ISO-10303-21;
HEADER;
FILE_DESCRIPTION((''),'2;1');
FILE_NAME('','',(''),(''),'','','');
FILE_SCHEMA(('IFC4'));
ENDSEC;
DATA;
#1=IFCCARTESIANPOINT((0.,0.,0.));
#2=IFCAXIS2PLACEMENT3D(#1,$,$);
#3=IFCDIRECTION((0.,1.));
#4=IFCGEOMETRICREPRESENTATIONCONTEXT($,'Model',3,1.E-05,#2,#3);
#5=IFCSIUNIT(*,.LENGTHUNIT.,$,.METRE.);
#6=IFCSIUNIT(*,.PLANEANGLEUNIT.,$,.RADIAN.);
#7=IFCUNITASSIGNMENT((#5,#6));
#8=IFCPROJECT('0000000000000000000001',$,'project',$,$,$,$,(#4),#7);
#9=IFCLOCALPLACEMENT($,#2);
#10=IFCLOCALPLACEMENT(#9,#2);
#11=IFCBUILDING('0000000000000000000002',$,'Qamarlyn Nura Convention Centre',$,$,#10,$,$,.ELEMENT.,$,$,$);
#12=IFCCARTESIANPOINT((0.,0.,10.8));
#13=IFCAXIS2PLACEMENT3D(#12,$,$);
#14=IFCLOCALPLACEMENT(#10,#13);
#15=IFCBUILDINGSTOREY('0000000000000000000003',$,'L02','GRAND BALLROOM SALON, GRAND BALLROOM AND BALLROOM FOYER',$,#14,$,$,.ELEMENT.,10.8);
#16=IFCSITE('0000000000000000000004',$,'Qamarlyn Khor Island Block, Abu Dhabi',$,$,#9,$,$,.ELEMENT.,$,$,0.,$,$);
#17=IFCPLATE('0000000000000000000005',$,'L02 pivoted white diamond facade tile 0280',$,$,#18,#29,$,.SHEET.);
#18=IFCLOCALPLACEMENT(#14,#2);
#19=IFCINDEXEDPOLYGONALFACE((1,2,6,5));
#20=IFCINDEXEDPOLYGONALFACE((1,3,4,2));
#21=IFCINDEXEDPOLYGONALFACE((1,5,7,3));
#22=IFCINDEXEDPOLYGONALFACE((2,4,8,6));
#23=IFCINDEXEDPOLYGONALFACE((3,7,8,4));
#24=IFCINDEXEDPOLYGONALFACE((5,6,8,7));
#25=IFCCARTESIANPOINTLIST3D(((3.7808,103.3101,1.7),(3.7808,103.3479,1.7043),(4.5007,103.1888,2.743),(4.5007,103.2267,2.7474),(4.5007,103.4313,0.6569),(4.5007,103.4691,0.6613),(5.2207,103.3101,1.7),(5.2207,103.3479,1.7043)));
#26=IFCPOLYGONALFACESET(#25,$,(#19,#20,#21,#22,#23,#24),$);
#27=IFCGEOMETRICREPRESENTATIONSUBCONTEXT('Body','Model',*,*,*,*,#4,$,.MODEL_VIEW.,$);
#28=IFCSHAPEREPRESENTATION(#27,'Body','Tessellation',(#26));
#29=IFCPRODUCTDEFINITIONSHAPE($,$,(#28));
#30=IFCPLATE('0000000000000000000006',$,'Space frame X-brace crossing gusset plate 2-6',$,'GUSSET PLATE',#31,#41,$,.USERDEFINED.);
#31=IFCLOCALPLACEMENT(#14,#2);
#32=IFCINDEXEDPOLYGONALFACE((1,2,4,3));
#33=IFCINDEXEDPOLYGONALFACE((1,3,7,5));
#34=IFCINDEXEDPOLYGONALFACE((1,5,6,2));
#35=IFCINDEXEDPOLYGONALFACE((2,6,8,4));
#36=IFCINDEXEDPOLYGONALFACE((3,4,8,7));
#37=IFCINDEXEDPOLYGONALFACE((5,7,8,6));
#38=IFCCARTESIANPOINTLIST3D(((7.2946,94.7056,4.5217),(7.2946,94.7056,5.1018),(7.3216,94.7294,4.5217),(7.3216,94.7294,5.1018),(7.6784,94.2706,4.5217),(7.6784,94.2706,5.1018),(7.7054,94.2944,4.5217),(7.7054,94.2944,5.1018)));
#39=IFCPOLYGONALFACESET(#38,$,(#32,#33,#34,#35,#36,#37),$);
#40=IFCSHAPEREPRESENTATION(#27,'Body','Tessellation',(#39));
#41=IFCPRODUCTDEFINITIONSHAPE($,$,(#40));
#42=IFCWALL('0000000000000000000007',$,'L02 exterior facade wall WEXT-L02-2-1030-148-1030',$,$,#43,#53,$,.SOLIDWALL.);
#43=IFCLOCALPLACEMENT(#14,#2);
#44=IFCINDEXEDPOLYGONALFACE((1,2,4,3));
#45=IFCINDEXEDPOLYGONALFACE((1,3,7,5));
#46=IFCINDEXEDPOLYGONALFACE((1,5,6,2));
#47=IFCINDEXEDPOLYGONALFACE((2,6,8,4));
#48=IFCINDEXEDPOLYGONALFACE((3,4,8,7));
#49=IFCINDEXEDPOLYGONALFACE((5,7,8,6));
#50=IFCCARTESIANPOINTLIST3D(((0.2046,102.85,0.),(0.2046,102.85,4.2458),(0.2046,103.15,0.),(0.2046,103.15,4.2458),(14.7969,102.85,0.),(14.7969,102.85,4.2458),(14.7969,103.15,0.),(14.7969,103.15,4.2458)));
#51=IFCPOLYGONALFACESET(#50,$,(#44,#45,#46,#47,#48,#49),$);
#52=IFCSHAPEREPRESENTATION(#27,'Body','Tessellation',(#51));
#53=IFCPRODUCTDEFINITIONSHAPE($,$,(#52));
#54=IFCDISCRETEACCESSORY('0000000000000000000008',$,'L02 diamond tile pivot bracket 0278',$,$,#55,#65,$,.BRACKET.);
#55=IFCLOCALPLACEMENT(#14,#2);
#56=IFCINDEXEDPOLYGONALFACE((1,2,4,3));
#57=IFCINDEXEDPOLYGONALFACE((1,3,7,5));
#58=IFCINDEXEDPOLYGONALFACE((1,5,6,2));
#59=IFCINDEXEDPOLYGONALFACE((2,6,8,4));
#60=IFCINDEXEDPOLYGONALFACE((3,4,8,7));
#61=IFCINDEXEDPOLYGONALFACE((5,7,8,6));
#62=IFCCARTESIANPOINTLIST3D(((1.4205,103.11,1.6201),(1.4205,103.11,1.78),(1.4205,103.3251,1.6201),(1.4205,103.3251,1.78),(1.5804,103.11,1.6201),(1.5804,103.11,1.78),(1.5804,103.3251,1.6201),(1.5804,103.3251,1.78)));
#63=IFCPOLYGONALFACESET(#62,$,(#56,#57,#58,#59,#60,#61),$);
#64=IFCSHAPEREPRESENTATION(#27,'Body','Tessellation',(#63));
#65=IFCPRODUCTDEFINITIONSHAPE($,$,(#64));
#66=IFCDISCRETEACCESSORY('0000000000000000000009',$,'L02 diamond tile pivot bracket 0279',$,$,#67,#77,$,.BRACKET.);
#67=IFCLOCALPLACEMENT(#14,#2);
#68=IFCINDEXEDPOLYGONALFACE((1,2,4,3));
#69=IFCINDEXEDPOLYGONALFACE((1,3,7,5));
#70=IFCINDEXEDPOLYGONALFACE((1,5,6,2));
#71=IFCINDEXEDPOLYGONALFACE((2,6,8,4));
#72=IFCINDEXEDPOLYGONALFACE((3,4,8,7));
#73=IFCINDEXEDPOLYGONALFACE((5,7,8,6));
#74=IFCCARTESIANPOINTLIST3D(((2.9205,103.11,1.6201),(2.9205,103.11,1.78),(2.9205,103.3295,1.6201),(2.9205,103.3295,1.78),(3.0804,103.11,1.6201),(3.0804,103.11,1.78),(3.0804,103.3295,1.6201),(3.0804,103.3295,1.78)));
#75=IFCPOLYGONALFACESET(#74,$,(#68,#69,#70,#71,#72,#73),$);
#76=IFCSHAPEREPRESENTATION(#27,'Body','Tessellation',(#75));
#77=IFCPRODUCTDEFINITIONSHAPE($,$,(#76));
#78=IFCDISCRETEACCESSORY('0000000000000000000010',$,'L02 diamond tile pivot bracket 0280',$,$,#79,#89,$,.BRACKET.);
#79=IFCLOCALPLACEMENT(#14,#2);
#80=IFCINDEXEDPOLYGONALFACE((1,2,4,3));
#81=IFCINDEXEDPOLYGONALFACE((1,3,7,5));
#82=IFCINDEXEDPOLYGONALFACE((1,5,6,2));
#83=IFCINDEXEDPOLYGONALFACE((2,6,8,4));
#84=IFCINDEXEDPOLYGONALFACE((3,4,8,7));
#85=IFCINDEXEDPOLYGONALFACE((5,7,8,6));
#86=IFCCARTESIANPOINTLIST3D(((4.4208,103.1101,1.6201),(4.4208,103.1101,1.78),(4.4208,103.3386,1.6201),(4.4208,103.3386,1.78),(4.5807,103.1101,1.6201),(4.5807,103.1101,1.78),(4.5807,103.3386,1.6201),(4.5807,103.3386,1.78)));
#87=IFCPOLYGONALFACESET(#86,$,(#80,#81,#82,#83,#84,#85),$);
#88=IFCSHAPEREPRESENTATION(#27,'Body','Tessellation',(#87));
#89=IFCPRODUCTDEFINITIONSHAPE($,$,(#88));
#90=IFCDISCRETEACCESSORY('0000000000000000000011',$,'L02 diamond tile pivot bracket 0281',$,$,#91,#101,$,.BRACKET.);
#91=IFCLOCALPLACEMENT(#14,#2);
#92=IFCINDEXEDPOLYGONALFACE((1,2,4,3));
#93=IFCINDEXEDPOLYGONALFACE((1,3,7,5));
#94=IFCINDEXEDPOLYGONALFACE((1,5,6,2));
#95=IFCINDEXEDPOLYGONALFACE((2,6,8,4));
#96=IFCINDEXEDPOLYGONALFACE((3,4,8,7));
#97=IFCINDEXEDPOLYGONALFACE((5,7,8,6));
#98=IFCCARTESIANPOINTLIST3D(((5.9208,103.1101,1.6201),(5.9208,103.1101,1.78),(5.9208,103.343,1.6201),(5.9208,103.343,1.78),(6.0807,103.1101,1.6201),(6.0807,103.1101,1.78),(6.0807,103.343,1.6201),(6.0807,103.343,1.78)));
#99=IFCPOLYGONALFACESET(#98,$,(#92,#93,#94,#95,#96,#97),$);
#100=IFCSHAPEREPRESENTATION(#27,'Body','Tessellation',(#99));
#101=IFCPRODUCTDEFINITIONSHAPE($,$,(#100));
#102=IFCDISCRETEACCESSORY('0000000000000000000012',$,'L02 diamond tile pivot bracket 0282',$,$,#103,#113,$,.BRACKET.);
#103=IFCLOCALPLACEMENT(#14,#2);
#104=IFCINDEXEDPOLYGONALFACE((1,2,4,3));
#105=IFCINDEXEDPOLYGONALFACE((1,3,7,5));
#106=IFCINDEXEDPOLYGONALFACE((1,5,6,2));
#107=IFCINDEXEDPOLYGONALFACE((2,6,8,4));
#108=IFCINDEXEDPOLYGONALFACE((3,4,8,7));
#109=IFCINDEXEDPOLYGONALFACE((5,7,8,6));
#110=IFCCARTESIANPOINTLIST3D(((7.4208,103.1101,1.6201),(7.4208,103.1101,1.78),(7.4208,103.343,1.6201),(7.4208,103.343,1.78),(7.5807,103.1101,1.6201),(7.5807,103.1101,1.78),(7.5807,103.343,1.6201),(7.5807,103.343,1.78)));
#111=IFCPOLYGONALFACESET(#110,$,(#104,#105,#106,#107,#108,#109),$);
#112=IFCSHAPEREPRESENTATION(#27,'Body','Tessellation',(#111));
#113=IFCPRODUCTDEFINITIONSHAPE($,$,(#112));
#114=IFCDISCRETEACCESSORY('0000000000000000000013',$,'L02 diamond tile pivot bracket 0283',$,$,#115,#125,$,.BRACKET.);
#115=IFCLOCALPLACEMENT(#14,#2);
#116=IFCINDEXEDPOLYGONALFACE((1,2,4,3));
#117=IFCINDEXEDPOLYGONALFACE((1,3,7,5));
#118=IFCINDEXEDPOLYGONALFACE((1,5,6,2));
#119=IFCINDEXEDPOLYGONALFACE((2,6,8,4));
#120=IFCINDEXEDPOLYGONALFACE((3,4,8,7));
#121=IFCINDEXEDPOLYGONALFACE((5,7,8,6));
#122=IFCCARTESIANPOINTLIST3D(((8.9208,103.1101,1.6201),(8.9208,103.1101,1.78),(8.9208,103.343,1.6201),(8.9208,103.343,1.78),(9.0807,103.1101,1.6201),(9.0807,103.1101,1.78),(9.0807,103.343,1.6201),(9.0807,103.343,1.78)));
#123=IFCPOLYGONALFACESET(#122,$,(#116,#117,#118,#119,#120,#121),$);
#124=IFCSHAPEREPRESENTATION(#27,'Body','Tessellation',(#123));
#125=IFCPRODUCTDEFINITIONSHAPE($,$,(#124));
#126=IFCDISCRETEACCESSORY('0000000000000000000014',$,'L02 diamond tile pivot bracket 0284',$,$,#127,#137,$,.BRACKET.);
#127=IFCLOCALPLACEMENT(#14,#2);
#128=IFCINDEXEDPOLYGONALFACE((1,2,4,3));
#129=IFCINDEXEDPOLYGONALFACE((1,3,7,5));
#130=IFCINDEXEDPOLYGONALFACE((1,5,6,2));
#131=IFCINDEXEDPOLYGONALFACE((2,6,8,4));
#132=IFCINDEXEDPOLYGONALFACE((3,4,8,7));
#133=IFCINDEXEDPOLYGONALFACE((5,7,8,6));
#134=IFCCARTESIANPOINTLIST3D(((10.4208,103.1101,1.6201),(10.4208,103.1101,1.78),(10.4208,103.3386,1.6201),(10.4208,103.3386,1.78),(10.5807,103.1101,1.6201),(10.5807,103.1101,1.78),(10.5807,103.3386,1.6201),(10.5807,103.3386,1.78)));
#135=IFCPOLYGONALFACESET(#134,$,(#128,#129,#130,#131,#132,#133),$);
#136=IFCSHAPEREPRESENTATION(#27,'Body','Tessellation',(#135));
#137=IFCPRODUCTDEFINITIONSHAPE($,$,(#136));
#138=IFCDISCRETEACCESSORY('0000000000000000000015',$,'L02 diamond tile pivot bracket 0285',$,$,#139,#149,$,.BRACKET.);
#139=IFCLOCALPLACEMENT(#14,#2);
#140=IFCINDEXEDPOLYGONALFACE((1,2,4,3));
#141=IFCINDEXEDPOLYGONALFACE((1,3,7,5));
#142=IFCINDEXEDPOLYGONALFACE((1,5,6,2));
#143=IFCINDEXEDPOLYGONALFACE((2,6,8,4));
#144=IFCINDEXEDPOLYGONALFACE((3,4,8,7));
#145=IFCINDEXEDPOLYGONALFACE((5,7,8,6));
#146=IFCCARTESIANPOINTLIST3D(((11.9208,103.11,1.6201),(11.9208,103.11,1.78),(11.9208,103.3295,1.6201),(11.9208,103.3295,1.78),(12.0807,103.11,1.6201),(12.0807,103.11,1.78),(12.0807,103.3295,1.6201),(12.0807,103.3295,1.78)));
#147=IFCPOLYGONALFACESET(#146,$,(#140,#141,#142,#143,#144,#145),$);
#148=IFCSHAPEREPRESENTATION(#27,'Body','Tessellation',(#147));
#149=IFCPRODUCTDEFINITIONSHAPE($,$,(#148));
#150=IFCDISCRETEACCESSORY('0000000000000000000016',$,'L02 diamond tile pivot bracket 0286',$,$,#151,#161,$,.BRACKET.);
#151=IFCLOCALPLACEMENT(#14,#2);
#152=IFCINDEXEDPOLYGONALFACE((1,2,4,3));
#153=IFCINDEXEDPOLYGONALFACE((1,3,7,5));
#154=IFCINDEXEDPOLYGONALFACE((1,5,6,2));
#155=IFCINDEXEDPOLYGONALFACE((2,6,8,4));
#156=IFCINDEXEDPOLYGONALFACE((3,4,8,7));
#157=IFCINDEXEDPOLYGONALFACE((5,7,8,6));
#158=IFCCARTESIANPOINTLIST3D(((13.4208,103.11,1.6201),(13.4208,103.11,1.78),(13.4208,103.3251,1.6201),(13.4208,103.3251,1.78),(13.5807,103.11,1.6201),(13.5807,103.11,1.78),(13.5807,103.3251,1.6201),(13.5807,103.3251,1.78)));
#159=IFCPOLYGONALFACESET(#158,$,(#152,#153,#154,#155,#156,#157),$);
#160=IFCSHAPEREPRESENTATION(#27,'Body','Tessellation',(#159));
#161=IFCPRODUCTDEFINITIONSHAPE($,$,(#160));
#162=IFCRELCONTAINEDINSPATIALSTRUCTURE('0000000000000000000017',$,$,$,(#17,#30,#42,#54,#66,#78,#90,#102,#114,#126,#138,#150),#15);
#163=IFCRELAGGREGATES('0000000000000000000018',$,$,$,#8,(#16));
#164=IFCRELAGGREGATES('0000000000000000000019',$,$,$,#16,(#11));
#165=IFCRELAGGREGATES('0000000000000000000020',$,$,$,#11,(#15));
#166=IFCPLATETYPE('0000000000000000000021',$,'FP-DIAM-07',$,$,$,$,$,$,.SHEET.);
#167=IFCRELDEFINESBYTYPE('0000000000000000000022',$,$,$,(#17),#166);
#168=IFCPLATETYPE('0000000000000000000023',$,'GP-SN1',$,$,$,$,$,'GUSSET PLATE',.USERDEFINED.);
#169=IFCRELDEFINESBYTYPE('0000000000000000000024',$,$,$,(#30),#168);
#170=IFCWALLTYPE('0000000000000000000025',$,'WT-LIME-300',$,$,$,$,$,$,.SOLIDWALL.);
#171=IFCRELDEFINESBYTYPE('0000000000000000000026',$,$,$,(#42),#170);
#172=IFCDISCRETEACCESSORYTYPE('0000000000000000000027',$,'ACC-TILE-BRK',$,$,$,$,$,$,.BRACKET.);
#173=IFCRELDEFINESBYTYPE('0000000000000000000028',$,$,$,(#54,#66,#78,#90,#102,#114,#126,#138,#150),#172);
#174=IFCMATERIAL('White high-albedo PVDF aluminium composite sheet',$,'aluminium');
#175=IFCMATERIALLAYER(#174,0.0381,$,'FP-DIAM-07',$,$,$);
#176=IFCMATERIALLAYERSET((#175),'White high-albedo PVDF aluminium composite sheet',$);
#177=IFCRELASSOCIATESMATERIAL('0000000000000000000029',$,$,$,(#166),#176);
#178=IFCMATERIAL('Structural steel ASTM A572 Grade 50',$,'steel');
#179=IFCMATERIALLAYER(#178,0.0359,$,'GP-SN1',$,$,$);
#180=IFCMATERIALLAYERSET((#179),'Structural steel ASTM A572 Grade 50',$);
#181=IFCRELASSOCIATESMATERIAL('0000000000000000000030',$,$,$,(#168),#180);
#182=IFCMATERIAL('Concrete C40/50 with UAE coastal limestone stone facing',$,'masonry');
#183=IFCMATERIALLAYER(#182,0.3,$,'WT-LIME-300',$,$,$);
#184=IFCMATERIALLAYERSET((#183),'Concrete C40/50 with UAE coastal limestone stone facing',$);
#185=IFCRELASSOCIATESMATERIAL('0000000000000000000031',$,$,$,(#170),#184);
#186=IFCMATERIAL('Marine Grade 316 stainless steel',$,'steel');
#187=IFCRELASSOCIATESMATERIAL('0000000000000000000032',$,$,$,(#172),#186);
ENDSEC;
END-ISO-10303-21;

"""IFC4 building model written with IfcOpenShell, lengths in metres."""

from ifc_helpers import new_model, si_unit, direction, frame, frame_2d, origin, origin_2d, place, context, subcontext, project, spatial, polyline, rectangle, outline, extrude, material, layer, layer_set, type_object, element, save


model = new_model("IFC4")

# Units and contexts
model_context = context("Model", 3, precision=1e-05, world=origin(), true_north=direction((0.0, 1.0)))
body_context = subcontext(model_context, "Body", "Model", "MODEL_VIEW")
ifc_project = project(units=[si_unit("LENGTHUNIT", "METRE"), si_unit("PLANEANGLEUNIT", "RADIAN")], contexts=[model_context])

# Site, building, storey
site_placement = place(None, origin())
site = spatial("IfcSite", under=ifc_project, at=site_placement, Name="Qamarlyn Khor Island Block, Abu Dhabi", CompositionType="ELEMENT", RefElevation=0.0)
building_placement = place(site_placement, origin())
building = spatial("IfcBuilding", under=site, at=building_placement, Name="Qamarlyn Nura Convention Centre", CompositionType="ELEMENT")
storey_placement = place(building_placement, frame((0.0, 0.0, 10.8)))
storey = spatial("IfcBuildingStorey", under=building, at=storey_placement, Name="L02", Description="GRAND BALLROOM SALON, GRAND BALLROOM AND BALLROOM FOYER", CompositionType="ELEMENT", Elevation=10.8)

# Plates
ifc_material_1 = material(Name="White high-albedo PVDF aluminium composite sheet", Category="aluminium")
ifc_layer_1 = layer(ifc_material_1, 0.0381, Name="FP-DIAM-07")
ifc_layer_set_1 = layer_set([ifc_layer_1], Name="White high-albedo PVDF aluminium composite sheet")
plate_type_1 = type_object("IfcPlateType", Name="FP-DIAM-07", PredefinedType="SHEET", material=ifc_layer_set_1)
plate_1_placement = place(storey_placement, frame((4.5007, 103.3101, 1.7), z_axis=(0.0, 0.993312, 0.115457), x_axis=(-1.0, 0.0, 0.0)))
element("IfcPlate", 1, at=plate_1_placement, inside=storey, type_object=plate_type_1, Name="L02 pivoted white diamond facade tile 0280", PredefinedType="SHEET", context=body_context, shape_type="SweptSolid", body=[
    extrude(outline(polyline([(-0.72, 0.0), (0.0, -1.05), (0.72, 0.0), (0.0, 1.05), (-0.72, 0.0)])), origin(), (0.0, 0.0, 1.0), 0.0381),
])
ifc_material_2 = material(Name="Structural steel ASTM A572 Grade 50", Category="steel")
ifc_layer_2 = layer(ifc_material_2, 0.0359, Name="GP-SN1")
ifc_layer_set_2 = layer_set([ifc_layer_2], Name="Structural steel ASTM A572 Grade 50")
plate_type_2 = type_object("IfcPlateType", Name="GP-SN1", ElementType="GUSSET PLATE", PredefinedType="USERDEFINED", material=ifc_layer_set_2)
plate_2_placement = place(storey_placement, frame((7.5, 94.5, 4.5217), z_axis=(0.0, 0.0, 1.0), x_axis=(-0.661622, 0.749837, 0.0)))
element("IfcPlate", 2, at=plate_2_placement, inside=storey, type_object=plate_type_2, Name="Space frame X-brace crossing gusset plate 2-6", ObjectType="GUSSET PLATE", PredefinedType="USERDEFINED", context=body_context, shape_type="SweptSolid", body=[
    extrude(rectangle(XDim=0.5801, YDim=0.0359, at=origin_2d()), origin(), (0.0, 0.0, 1.0), 0.5801),
])

# Wall
ifc_material_3 = material(Name="Concrete C40/50 with UAE coastal limestone stone facing", Category="masonry")
ifc_layer_3 = layer(ifc_material_3, 0.3, Name="WT-LIME-300")
ifc_layer_set_3 = layer_set([ifc_layer_3], Name="Concrete C40/50 with UAE coastal limestone stone facing")
wall_type = type_object("IfcWallType", Name="WT-LIME-300", PredefinedType="SOLIDWALL", material=ifc_layer_set_3)
wall_placement = place(storey_placement, frame((0.2046, 103.0, 0.0), z_axis=(0.0, 0.0, 1.0), x_axis=(1.0, 0.0, 0.0)))
element("IfcWall", 3, at=wall_placement, inside=storey, type_object=wall_type, Name="L02 exterior facade wall WEXT-L02-2-1030-148-1030", PredefinedType="SOLIDWALL", context=body_context, shape_type="SweptSolid", body=[
    extrude(rectangle(XDim=14.5923, YDim=0.3, at=frame_2d((7.2961, 0.0))), origin(), (0.0, 0.0, 1.0), 4.2458),
])

# Discrete accessories
ifc_material_4 = material(Name="Marine Grade 316 stainless steel", Category="steel")
discrete_accessory_type = type_object("IfcDiscreteAccessoryType", Name="ACC-TILE-BRK", PredefinedType="BRACKET", material=ifc_material_4)
discrete_accessory_1_placement = place(storey_placement, frame((1.5005, 103.2175, 1.6201), z_axis=(0.0, 0.0, 1.0), x_axis=(0.0, 1.0, 0.0)))
element("IfcDiscreteAccessory", 4, at=discrete_accessory_1_placement, inside=storey, type_object=discrete_accessory_type, Name="L02 diamond tile pivot bracket 0278", PredefinedType="BRACKET", context=body_context, shape_type="SweptSolid", body=[
    extrude(rectangle(XDim=0.2151, YDim=0.1599, at=origin_2d()), origin(), (0.0, 0.0, 1.0), 0.1599),
])
discrete_accessory_2_placement = place(storey_placement, frame((3.0005, 103.2197, 1.6201), z_axis=(0.0, 0.0, 1.0), x_axis=(0.0, 1.0, 0.0)))
element("IfcDiscreteAccessory", 5, at=discrete_accessory_2_placement, inside=storey, type_object=discrete_accessory_type, Name="L02 diamond tile pivot bracket 0279", PredefinedType="BRACKET", context=body_context, shape_type="SweptSolid", body=[
    extrude(rectangle(XDim=0.2195, YDim=0.1599, at=origin_2d()), origin(), (0.0, 0.0, 1.0), 0.1599),
])
discrete_accessory_3_placement = place(storey_placement, frame((4.5007, 103.2244, 1.6201), z_axis=(0.0, 0.0, 1.0), x_axis=(0.0, 1.0, 0.0)))
element("IfcDiscreteAccessory", 6, at=discrete_accessory_3_placement, inside=storey, type_object=discrete_accessory_type, Name="L02 diamond tile pivot bracket 0280", PredefinedType="BRACKET", context=body_context, shape_type="SweptSolid", body=[
    extrude(rectangle(XDim=0.2285, YDim=0.1599, at=origin_2d()), origin(), (0.0, 0.0, 1.0), 0.1599),
])
for number, where, z_axis, x_axis, name in (
    (7, (6.0007, 103.2266, 1.6201), (0.0, 0.0, 1.0), (0.0, 1.0, 0.0), "L02 diamond tile pivot bracket 0281"),
    (8, (7.5007, 103.2266, 1.6201), (0.0, 0.0, 1.0), (0.0, 1.0, 0.0), "L02 diamond tile pivot bracket 0282"),
    (9, (9.0007, 103.2266, 1.6201), (0.0, 0.0, 1.0), (0.0, 1.0, 0.0), "L02 diamond tile pivot bracket 0283"),
):
    element("IfcDiscreteAccessory", number, at=place(storey_placement, frame(where, z_axis=z_axis, x_axis=x_axis)), inside=storey, type_object=discrete_accessory_type, Name=name, PredefinedType="BRACKET", context=body_context, shape_type="SweptSolid", body=[
        extrude(rectangle(XDim=0.2329, YDim=0.1599, at=origin_2d()), origin(), (0.0, 0.0, 1.0), 0.1599),
    ])
discrete_accessory_4_placement = place(storey_placement, frame((10.5007, 103.2244, 1.6201), z_axis=(0.0, 0.0, 1.0), x_axis=(0.0, 1.0, 0.0)))
element("IfcDiscreteAccessory", 10, at=discrete_accessory_4_placement, inside=storey, type_object=discrete_accessory_type, Name="L02 diamond tile pivot bracket 0284", PredefinedType="BRACKET", context=body_context, shape_type="SweptSolid", body=[
    extrude(rectangle(XDim=0.2285, YDim=0.1599, at=origin_2d()), origin(), (0.0, 0.0, 1.0), 0.1599),
])
discrete_accessory_5_placement = place(storey_placement, frame((12.0007, 103.2197, 1.6201), z_axis=(0.0, 0.0, 1.0), x_axis=(0.0, 1.0, 0.0)))
element("IfcDiscreteAccessory", 11, at=discrete_accessory_5_placement, inside=storey, type_object=discrete_accessory_type, Name="L02 diamond tile pivot bracket 0285", PredefinedType="BRACKET", context=body_context, shape_type="SweptSolid", body=[
    extrude(rectangle(XDim=0.2195, YDim=0.1599, at=origin_2d()), origin(), (0.0, 0.0, 1.0), 0.1599),
])
discrete_accessory_6_placement = place(storey_placement, frame((13.5007, 103.2175, 1.6201), z_axis=(0.0, 0.0, 1.0), x_axis=(0.0, 1.0, 0.0)))
element("IfcDiscreteAccessory", 12, at=discrete_accessory_6_placement, inside=storey, type_object=discrete_accessory_type, Name="L02 diamond tile pivot bracket 0286", PredefinedType="BRACKET", context=body_context, shape_type="SweptSolid", body=[
    extrude(rectangle(XDim=0.2151, YDim=0.1599, at=origin_2d()), origin(), (0.0, 0.0, 1.0), 0.1599),
])

save(model, "model.ifc")
